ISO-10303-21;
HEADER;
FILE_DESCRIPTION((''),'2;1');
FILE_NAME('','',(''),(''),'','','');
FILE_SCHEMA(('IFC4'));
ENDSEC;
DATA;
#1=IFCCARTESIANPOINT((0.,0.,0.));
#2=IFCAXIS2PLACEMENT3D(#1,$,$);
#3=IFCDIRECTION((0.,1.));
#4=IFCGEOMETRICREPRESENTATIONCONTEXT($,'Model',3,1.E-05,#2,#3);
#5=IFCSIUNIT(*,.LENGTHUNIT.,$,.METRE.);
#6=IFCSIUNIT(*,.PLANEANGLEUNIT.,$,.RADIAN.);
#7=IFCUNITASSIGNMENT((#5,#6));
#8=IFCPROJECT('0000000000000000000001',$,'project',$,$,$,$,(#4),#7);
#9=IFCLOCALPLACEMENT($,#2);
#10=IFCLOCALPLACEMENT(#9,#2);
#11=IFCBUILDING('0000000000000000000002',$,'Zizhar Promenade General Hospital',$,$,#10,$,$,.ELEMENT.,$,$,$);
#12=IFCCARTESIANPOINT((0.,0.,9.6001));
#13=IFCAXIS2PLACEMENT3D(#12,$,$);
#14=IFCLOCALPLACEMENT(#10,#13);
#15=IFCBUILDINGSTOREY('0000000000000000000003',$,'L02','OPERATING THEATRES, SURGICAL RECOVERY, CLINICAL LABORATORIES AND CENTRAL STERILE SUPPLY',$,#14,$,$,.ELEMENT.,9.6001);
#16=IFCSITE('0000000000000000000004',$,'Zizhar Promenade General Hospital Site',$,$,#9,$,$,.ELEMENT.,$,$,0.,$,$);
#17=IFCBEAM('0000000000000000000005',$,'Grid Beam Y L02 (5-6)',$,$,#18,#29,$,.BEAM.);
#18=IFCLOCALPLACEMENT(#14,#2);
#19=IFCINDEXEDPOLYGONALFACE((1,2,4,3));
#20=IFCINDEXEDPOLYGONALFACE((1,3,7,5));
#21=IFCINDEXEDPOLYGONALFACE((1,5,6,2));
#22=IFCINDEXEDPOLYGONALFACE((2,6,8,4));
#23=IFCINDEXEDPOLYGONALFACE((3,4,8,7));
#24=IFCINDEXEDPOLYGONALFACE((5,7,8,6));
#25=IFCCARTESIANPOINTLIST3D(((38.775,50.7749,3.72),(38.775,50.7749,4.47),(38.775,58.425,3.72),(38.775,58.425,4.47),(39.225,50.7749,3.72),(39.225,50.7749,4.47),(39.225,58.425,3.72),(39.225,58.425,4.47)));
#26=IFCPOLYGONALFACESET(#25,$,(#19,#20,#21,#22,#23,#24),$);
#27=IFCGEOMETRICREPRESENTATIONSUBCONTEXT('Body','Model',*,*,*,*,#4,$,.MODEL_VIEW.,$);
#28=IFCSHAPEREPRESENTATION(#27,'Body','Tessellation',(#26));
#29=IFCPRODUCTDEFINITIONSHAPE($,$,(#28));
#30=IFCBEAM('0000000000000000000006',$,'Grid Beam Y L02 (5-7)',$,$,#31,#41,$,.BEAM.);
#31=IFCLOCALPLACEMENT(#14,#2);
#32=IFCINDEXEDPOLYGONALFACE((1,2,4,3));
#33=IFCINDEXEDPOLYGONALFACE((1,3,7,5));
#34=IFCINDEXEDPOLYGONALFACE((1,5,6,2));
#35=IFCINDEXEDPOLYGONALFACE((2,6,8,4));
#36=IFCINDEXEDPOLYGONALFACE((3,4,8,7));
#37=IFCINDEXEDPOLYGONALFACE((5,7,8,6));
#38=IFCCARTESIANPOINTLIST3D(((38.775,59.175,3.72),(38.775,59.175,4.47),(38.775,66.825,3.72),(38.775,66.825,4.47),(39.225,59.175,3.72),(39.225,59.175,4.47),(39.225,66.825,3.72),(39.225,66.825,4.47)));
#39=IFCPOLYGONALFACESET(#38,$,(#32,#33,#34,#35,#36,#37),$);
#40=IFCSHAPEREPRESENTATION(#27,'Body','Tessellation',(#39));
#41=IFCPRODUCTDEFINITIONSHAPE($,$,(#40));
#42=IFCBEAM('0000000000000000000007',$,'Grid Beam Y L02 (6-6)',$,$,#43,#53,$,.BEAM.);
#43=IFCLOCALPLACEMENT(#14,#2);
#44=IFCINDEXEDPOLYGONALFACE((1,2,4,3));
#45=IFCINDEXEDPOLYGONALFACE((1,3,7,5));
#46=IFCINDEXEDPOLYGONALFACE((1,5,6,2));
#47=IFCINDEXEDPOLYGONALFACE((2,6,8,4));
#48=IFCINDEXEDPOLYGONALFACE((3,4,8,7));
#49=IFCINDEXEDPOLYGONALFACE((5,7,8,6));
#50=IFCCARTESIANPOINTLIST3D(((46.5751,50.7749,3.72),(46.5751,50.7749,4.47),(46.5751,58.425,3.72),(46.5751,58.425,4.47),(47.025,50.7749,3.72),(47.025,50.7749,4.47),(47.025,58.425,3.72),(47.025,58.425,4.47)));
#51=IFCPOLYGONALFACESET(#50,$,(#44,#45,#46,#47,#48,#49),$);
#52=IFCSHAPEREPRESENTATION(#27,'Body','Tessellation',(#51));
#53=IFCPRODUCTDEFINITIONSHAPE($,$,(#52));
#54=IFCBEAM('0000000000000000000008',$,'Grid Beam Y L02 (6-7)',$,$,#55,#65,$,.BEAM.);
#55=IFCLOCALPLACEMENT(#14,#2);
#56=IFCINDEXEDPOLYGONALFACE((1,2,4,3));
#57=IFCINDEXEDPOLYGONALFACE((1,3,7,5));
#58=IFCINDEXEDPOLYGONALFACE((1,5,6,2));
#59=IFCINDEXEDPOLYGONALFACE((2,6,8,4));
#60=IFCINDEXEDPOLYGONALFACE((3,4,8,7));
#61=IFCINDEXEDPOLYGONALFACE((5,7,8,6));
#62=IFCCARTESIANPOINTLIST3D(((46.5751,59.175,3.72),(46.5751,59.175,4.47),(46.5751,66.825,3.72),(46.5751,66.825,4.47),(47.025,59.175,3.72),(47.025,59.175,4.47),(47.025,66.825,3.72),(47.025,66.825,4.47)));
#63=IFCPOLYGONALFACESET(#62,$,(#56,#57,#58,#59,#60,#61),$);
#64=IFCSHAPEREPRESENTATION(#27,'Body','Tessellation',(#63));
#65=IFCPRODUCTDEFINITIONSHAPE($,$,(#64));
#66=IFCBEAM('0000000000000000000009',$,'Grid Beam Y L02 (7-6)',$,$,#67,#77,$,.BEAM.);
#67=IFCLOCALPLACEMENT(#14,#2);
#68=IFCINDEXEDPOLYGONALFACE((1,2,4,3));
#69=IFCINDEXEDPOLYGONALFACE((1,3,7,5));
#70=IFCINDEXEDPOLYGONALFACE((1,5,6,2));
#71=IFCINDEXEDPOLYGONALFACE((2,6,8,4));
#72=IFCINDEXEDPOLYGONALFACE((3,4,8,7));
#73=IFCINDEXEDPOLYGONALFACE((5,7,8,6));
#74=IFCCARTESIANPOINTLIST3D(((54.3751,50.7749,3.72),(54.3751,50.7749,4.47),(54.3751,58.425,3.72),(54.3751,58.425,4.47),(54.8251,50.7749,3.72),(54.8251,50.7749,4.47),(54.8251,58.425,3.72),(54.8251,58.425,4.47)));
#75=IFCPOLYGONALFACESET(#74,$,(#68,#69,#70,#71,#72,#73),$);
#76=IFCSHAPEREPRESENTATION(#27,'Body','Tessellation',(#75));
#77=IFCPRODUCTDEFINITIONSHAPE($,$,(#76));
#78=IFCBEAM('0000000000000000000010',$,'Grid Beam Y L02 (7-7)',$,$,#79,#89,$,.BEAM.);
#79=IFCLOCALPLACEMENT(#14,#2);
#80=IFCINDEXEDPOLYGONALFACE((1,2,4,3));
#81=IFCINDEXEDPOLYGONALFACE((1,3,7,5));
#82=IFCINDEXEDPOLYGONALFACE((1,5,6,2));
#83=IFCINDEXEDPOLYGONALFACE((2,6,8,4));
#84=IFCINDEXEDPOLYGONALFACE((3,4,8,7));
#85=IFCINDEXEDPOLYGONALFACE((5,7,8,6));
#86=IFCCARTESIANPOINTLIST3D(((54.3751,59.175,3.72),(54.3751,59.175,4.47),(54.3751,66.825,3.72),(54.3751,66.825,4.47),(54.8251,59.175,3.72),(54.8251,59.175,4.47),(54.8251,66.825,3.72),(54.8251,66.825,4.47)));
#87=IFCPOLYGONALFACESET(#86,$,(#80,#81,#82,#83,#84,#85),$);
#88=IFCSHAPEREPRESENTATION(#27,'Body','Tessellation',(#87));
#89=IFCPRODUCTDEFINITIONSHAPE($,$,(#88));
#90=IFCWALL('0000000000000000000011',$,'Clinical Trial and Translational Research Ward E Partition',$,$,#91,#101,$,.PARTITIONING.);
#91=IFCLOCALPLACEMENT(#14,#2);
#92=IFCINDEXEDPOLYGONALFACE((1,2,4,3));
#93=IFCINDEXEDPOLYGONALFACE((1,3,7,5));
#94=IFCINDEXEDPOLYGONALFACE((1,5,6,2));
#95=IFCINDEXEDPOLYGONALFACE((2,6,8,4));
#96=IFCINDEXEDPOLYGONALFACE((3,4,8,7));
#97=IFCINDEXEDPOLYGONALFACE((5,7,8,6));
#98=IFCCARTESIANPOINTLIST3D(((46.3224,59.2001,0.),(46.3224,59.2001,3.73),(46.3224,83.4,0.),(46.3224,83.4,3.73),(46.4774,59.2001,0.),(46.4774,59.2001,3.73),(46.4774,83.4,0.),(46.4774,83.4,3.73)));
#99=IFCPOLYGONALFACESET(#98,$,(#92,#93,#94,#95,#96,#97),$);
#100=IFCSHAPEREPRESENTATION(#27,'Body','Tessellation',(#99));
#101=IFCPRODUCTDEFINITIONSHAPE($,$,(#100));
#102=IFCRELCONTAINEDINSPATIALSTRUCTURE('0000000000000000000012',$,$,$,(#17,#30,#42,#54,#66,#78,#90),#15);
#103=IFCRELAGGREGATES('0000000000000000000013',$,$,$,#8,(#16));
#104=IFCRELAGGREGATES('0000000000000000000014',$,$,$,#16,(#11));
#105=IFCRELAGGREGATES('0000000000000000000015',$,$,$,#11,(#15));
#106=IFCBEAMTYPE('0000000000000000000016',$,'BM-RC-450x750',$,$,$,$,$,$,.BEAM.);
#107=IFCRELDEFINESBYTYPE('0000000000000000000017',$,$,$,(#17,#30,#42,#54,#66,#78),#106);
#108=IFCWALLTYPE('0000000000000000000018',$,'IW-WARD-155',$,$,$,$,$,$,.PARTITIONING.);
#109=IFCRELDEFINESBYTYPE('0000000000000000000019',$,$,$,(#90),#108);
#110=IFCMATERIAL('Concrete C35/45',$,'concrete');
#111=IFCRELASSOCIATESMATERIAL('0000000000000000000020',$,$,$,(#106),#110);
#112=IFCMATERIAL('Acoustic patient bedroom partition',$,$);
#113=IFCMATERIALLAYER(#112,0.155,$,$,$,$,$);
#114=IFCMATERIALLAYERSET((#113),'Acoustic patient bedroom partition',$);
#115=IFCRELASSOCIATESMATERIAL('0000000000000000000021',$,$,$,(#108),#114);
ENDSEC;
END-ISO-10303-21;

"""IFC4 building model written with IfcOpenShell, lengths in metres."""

from ifc_helpers import new_model, si_unit, direction, frame, frame_2d, origin, origin_2d, place, context, subcontext, project, spatial, rectangle, extrude, material, layer, layer_set, material_profile, profile_set, type_object, element, save


model = new_model("IFC4")

# Units and contexts
model_context = context("Model", 3, precision=1e-05, world=origin(), true_north=direction((0.0, 1.0)))
body_context = subcontext(model_context, "Body", "Model", "MODEL_VIEW")
ifc_project = project(units=[si_unit("LENGTHUNIT", "METRE"), si_unit("PLANEANGLEUNIT", "RADIAN")], contexts=[model_context])

# Site, building, storey
site_placement = place(None, origin())
site = spatial("IfcSite", under=ifc_project, at=site_placement, Name="Zizhar Promenade General Hospital Site", CompositionType="ELEMENT", RefElevation=0.0)
building_placement = place(site_placement, origin())
building = spatial("IfcBuilding", under=site, at=building_placement, Name="Zizhar Promenade General Hospital", CompositionType="ELEMENT")
storey_placement = place(building_placement, frame((0.0, 0.0, 9.6001)))
storey = spatial("IfcBuildingStorey", under=building, at=storey_placement, Name="L02", Description="OPERATING THEATRES, SURGICAL RECOVERY, CLINICAL LABORATORIES AND CENTRAL STERILE SUPPLY", CompositionType="ELEMENT", Elevation=9.6001)

# Beams
ifc_material_1 = material(Name="Concrete C35/45", Category="concrete")
ifc_material_profile_1 = material_profile(ifc_material_1, rectangle(XDim=0.45, YDim=0.75, at=origin_2d()))
ifc_profile_set_1 = profile_set([ifc_material_profile_1], Name="Concrete C35/45")
beam_type_1 = type_object("IfcBeamType", Name="BM-RC-450x750", PredefinedType="BEAM", material=ifc_profile_set_1)
beam_1_placement = place(storey_placement, frame((39.0, 50.7749, 4.095), z_axis=(0.0, 1.0, 0.0), x_axis=(-1.0, 0.0, 0.0)))
element("IfcBeam", 1, at=beam_1_placement, inside=storey, type_object=beam_type_1, Name="Grid Beam Y L02 (5-6)", PredefinedType="BEAM", context=body_context, shape_type="SweptSolid", body=[
    extrude(rectangle(XDim=0.45, YDim=0.75, at=origin_2d()), origin(), (0.0, 0.0, 1.0), 7.6501),
])
beam_2_placement = place(storey_placement, frame((39.0, 59.175, 4.095), z_axis=(0.0, 1.0, 0.0), x_axis=(-1.0, 0.0, 0.0)))
element("IfcBeam", 2, at=beam_2_placement, inside=storey, type_object=beam_type_1, Name="Grid Beam Y L02 (5-7)", PredefinedType="BEAM", context=body_context, shape_type="SweptSolid", body=[
    extrude(rectangle(XDim=0.45, YDim=0.75, at=origin_2d()), origin(), (0.0, 0.0, 1.0), 7.6499),
])
beam_3_placement = place(storey_placement, frame((46.8, 50.7749, 4.095), z_axis=(0.0, 1.0, 0.0), x_axis=(-1.0, 0.0, 0.0)))
element("IfcBeam", 3, at=beam_3_placement, inside=storey, type_object=beam_type_1, Name="Grid Beam Y L02 (6-6)", PredefinedType="BEAM", context=body_context, shape_type="SweptSolid", body=[
    extrude(rectangle(XDim=0.45, YDim=0.75, at=origin_2d()), origin(), (0.0, 0.0, 1.0), 7.6501),
])
beam_4_placement = place(storey_placement, frame((46.8, 59.175, 4.095), z_axis=(0.0, 1.0, 0.0), x_axis=(-1.0, 0.0, 0.0)))
element("IfcBeam", 4, at=beam_4_placement, inside=storey, type_object=beam_type_1, Name="Grid Beam Y L02 (6-7)", PredefinedType="BEAM", context=body_context, shape_type="SweptSolid", body=[
    extrude(rectangle(XDim=0.45, YDim=0.75, at=origin_2d()), origin(), (0.0, 0.0, 1.0), 7.6499),
])
beam_5_placement = place(storey_placement, frame((54.6001, 50.7749, 4.095), z_axis=(0.0, 1.0, 0.0), x_axis=(-1.0, 0.0, 0.0)))
element("IfcBeam", 5, at=beam_5_placement, inside=storey, type_object=beam_type_1, Name="Grid Beam Y L02 (7-6)", PredefinedType="BEAM", context=body_context, shape_type="SweptSolid", body=[
    extrude(rectangle(XDim=0.45, YDim=0.75, at=origin_2d()), origin(), (0.0, 0.0, 1.0), 7.6501),
])
beam_6_placement = place(storey_placement, frame((54.6001, 59.175, 4.095), z_axis=(0.0, 1.0, 0.0), x_axis=(-1.0, 0.0, 0.0)))
element("IfcBeam", 6, at=beam_6_placement, inside=storey, type_object=beam_type_1, Name="Grid Beam Y L02 (7-7)", PredefinedType="BEAM", context=body_context, shape_type="SweptSolid", body=[
    extrude(rectangle(XDim=0.45, YDim=0.75, at=origin_2d()), origin(), (0.0, 0.0, 1.0), 7.6499),
])

# Wall
ifc_material_2 = material(Name="Acoustic patient bedroom partition")
ifc_layer = layer(ifc_material_2, 0.155)
ifc_layer_set = layer_set([ifc_layer], Name="Acoustic patient bedroom partition")
wall_type = type_object("IfcWallType", Name="IW-WARD-155", PredefinedType="PARTITIONING", material=ifc_layer_set)
wall_placement = place(storey_placement, frame((46.3999, 59.2, 0.0), z_axis=(0.0, 0.0, 1.0), x_axis=(0.0, 1.0, 0.0)))
element("IfcWall", 7, at=wall_placement, inside=storey, type_object=wall_type, Name="Clinical Trial and Translational Research Ward E Partition", PredefinedType="PARTITIONING", context=body_context, shape_type="SweptSolid", body=[
    extrude(rectangle(XDim=24.2, YDim=0.155, at=frame_2d((12.1001, 0.0))), origin(), (0.0, 0.0, 1.0), 3.73),
])

save(model, "model.ifc")
